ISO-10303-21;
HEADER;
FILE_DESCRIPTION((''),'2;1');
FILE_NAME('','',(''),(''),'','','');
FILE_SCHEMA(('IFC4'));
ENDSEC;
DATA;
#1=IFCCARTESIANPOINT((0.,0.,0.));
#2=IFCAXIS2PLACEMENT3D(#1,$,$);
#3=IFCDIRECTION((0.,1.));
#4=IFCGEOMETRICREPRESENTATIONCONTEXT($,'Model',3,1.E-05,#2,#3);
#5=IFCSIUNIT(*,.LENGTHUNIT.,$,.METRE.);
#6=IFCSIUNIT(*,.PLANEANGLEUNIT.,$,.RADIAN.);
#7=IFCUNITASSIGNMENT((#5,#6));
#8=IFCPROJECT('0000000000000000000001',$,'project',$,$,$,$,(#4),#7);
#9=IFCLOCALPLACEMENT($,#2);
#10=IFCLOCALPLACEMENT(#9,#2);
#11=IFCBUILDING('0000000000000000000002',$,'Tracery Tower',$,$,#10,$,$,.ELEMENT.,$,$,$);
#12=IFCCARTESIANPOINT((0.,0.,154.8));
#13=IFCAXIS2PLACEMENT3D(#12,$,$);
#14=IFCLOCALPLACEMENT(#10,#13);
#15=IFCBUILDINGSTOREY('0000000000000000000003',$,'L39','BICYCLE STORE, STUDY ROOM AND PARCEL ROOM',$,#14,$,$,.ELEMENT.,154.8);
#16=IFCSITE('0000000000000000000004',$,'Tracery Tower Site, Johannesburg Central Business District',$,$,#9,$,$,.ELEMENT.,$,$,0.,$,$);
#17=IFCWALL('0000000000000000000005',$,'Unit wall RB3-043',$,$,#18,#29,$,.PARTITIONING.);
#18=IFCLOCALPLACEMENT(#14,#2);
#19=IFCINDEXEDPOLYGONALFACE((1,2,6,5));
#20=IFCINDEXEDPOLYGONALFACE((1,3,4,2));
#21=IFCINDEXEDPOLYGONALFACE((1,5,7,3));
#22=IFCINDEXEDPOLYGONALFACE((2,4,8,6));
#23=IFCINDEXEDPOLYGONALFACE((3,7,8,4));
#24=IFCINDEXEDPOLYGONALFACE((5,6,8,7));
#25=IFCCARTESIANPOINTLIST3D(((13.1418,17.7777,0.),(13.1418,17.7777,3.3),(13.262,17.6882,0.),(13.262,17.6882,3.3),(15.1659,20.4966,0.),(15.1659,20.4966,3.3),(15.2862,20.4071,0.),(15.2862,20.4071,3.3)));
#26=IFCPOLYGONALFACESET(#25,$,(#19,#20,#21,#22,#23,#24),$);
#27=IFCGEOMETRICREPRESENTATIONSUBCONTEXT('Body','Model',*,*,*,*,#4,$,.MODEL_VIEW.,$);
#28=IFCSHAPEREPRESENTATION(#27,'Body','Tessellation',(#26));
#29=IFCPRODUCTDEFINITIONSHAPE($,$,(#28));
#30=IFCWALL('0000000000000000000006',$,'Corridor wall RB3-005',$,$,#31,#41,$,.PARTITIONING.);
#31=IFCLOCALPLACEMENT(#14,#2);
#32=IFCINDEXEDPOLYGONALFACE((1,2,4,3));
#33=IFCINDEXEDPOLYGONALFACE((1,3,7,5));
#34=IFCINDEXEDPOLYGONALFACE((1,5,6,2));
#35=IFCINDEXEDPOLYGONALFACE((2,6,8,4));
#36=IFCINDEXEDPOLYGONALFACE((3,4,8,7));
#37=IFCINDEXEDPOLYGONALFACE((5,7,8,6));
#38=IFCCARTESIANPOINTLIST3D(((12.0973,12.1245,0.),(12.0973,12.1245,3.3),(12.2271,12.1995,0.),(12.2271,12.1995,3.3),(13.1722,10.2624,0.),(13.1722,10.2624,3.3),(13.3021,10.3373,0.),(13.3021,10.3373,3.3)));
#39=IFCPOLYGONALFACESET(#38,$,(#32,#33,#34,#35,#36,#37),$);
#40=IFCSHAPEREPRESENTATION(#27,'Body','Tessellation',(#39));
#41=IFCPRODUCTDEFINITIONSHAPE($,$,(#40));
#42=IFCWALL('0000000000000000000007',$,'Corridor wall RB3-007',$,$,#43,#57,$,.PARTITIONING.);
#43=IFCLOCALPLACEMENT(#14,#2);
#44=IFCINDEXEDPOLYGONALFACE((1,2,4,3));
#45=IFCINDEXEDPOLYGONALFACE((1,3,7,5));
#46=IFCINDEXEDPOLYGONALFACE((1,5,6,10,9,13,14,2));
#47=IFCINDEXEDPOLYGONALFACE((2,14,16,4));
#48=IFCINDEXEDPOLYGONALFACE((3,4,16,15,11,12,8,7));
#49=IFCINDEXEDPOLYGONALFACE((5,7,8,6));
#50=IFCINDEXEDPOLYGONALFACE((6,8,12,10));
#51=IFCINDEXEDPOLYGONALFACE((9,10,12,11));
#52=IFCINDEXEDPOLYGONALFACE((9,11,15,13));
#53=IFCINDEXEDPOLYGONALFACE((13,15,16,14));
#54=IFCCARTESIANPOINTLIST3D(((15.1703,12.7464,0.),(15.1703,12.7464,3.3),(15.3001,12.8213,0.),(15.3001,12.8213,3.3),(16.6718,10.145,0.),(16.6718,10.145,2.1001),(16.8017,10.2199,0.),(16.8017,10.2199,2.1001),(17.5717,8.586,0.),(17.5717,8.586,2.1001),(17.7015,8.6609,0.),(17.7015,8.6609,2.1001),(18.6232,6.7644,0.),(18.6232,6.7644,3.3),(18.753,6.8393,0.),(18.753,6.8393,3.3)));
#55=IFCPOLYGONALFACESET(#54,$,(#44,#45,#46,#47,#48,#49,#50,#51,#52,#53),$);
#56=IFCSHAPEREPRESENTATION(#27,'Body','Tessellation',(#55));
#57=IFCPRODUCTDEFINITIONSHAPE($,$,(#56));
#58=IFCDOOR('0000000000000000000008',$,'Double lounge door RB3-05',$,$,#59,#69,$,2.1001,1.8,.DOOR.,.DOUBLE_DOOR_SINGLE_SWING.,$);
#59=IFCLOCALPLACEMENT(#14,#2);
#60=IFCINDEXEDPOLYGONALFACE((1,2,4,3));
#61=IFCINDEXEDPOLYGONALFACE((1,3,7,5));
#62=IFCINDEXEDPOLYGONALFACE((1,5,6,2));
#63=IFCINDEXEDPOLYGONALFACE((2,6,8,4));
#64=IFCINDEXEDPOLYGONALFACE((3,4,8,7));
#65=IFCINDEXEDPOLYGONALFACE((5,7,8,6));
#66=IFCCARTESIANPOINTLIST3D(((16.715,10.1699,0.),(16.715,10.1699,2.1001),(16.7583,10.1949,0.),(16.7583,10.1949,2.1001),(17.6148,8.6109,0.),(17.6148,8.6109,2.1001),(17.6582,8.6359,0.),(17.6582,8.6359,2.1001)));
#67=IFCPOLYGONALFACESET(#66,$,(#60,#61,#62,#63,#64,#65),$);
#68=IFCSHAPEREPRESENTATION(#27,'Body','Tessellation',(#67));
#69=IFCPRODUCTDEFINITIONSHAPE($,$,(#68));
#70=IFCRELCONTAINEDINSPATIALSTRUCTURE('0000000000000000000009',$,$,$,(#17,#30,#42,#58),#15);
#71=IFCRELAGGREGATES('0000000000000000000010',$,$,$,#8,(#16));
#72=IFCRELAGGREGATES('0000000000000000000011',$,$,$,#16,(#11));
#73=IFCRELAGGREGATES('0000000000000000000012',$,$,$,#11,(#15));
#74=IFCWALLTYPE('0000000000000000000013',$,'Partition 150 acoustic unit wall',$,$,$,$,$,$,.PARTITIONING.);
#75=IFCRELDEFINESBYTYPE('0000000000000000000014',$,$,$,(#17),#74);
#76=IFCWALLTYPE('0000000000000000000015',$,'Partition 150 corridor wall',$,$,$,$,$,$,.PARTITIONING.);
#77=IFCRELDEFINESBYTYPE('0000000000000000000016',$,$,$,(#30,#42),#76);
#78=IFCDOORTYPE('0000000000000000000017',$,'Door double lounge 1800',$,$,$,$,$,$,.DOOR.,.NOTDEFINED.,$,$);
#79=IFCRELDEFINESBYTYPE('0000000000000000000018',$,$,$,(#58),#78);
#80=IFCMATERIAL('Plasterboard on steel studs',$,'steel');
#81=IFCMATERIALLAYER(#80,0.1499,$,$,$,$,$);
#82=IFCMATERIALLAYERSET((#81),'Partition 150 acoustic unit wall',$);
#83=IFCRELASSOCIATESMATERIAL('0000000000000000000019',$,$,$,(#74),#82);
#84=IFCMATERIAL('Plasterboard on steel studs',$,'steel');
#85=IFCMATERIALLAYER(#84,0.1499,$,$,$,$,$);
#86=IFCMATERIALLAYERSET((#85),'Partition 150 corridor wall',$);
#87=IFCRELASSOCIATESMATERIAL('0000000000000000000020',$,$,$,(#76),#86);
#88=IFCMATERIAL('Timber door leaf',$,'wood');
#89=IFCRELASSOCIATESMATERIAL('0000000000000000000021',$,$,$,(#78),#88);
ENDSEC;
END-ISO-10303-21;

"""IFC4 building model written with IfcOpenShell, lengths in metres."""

from ifc_helpers import new_model, si_unit, direction, frame, frame_2d, origin, place, context, subcontext, project, spatial, rectangle, extrude, material, layer, layer_set, type_object, element, fill, save


model = new_model("IFC4")

# Units and contexts
model_context = context("Model", 3, precision=1e-05, world=origin(), true_north=direction((0.0, 1.0)))
body_context = subcontext(model_context, "Body", "Model", "MODEL_VIEW")
ifc_project = project(units=[si_unit("LENGTHUNIT", "METRE"), si_unit("PLANEANGLEUNIT", "RADIAN")], contexts=[model_context])

# Site, building, storey
site_placement = place(None, origin())
site = spatial("IfcSite", under=ifc_project, at=site_placement, Name="Tracery Tower Site, Johannesburg Central Business District", CompositionType="ELEMENT", RefElevation=0.0)
building_placement = place(site_placement, origin())
building = spatial("IfcBuilding", under=site, at=building_placement, Name="Tracery Tower", CompositionType="ELEMENT")
storey_placement = place(building_placement, frame((0.0, 0.0, 154.8)))
storey = spatial("IfcBuildingStorey", under=building, at=storey_placement, Name="L39", Description="BICYCLE STORE, STUDY ROOM AND PARCEL ROOM", CompositionType="ELEMENT", Elevation=154.8)

# Walls
ifc_material_1 = material(Name="Plasterboard on steel studs", Category="steel")
ifc_layer_1 = layer(ifc_material_1, 0.1499)
ifc_layer_set_1 = layer_set([ifc_layer_1], Name="Partition 150 acoustic unit wall")
wall_type_1 = type_object("IfcWallType", Name="Partition 150 acoustic unit wall", PredefinedType="PARTITIONING", material=ifc_layer_set_1)
wall_1_placement = place(storey_placement, frame((13.2019, 17.7329, 0.0), z_axis=(0.0, 0.0, 1.0), x_axis=(0.59715, 0.80213, 0.0)))
element("IfcWall", 1, at=wall_1_placement, inside=storey, type_object=wall_type_1, Name="Unit wall RB3-043", PredefinedType="PARTITIONING", context=body_context, shape_type="SweptSolid", body=[
    extrude(rectangle(XDim=3.3896, YDim=0.1499, at=frame_2d((1.6948, 0.0))), origin(), (0.0, 0.0, 1.0), 3.3),
])
ifc_material_2 = material(Name="Plasterboard on steel studs", Category="steel")
ifc_layer_2 = layer(ifc_material_2, 0.1499)
ifc_layer_set_2 = layer_set([ifc_layer_2], Name="Partition 150 corridor wall")
wall_type_2 = type_object("IfcWallType", Name="Partition 150 corridor wall", PredefinedType="PARTITIONING", material=ifc_layer_set_2)
wall_2_placement = place(storey_placement, frame((12.1621, 12.1621, 0.0), z_axis=(0.0, 0.0, 1.0), x_axis=(0.499962, -0.866048, 0.0)))
element("IfcWall", 2, at=wall_2_placement, inside=storey, type_object=wall_type_2, Name="Corridor wall RB3-005", PredefinedType="PARTITIONING", context=body_context, shape_type="SweptSolid", body=[
    extrude(rectangle(XDim=2.1501, YDim=0.1499, at=frame_2d((1.0752, 0.0))), origin(), (0.0, 0.0, 1.0), 3.3),
])

# Wall, opening, door
wall_3_placement = place(storey_placement, frame((15.2351, 12.7839, 0.0), z_axis=(0.0, 0.0, 1.0), x_axis=(0.499914, -0.866075, 0.0)))
wall_3 = element("IfcWall", 3, at=wall_3_placement, inside=storey, type_object=wall_type_2, Name="Corridor wall RB3-007", PredefinedType="PARTITIONING", context=body_context, shape_type="SweptSolid", body=[
    extrude(rectangle(XDim=6.907, YDim=0.1499, at=frame_2d((3.4536, 0.0))), origin(), (0.0, 0.0, 1.0), 3.3),
])
opening_1_placement = place(wall_3_placement, frame((3.0039, 0.0, 0.0)))
opening_1 = element("IfcOpeningElement", 4, at=opening_1_placement, cuts=wall_3, PredefinedType="OPENING", context=body_context, shape_type="SweptSolid", body=[
    extrude(rectangle(XDim=1.8, YDim=2.1001, at=frame_2d((0.8999, 1.05))), frame((0.0, 0.075, 0.0), z_axis=(0.0, -1.0, 0.0), x_axis=(1.0, 0.0, 0.0)), (0.0, 0.0, 1.0), 0.1499),
])
ifc_material_3 = material(Name="Timber door leaf", Category="wood")
door_type_1 = type_object("IfcDoorType", Name="Door double lounge 1800", OperationType="NOTDEFINED", PredefinedType="DOOR", material=ifc_material_3)
door_1_placement = place(opening_1_placement, origin())
door_1 = element("IfcDoor", 5, at=door_1_placement, inside=storey, type_object=door_type_1, Name="Double lounge door RB3-05", OperationType="DOUBLE_DOOR_SINGLE_SWING", OverallHeight=2.1001, OverallWidth=1.8, PredefinedType="DOOR", context=body_context, shape_type="SweptSolid", body=[
    extrude(rectangle(XDim=1.8, YDim=2.1001, at=frame_2d((0.8999, 1.05))), frame((0.0, 0.0249, 0.0), z_axis=(0.0, -1.0, 0.0), x_axis=(1.0, 0.0, 0.0)), (0.0, 0.0, 1.0), 0.05),
])
fill(opening_1, door_1)

save(model, "model.ifc")
